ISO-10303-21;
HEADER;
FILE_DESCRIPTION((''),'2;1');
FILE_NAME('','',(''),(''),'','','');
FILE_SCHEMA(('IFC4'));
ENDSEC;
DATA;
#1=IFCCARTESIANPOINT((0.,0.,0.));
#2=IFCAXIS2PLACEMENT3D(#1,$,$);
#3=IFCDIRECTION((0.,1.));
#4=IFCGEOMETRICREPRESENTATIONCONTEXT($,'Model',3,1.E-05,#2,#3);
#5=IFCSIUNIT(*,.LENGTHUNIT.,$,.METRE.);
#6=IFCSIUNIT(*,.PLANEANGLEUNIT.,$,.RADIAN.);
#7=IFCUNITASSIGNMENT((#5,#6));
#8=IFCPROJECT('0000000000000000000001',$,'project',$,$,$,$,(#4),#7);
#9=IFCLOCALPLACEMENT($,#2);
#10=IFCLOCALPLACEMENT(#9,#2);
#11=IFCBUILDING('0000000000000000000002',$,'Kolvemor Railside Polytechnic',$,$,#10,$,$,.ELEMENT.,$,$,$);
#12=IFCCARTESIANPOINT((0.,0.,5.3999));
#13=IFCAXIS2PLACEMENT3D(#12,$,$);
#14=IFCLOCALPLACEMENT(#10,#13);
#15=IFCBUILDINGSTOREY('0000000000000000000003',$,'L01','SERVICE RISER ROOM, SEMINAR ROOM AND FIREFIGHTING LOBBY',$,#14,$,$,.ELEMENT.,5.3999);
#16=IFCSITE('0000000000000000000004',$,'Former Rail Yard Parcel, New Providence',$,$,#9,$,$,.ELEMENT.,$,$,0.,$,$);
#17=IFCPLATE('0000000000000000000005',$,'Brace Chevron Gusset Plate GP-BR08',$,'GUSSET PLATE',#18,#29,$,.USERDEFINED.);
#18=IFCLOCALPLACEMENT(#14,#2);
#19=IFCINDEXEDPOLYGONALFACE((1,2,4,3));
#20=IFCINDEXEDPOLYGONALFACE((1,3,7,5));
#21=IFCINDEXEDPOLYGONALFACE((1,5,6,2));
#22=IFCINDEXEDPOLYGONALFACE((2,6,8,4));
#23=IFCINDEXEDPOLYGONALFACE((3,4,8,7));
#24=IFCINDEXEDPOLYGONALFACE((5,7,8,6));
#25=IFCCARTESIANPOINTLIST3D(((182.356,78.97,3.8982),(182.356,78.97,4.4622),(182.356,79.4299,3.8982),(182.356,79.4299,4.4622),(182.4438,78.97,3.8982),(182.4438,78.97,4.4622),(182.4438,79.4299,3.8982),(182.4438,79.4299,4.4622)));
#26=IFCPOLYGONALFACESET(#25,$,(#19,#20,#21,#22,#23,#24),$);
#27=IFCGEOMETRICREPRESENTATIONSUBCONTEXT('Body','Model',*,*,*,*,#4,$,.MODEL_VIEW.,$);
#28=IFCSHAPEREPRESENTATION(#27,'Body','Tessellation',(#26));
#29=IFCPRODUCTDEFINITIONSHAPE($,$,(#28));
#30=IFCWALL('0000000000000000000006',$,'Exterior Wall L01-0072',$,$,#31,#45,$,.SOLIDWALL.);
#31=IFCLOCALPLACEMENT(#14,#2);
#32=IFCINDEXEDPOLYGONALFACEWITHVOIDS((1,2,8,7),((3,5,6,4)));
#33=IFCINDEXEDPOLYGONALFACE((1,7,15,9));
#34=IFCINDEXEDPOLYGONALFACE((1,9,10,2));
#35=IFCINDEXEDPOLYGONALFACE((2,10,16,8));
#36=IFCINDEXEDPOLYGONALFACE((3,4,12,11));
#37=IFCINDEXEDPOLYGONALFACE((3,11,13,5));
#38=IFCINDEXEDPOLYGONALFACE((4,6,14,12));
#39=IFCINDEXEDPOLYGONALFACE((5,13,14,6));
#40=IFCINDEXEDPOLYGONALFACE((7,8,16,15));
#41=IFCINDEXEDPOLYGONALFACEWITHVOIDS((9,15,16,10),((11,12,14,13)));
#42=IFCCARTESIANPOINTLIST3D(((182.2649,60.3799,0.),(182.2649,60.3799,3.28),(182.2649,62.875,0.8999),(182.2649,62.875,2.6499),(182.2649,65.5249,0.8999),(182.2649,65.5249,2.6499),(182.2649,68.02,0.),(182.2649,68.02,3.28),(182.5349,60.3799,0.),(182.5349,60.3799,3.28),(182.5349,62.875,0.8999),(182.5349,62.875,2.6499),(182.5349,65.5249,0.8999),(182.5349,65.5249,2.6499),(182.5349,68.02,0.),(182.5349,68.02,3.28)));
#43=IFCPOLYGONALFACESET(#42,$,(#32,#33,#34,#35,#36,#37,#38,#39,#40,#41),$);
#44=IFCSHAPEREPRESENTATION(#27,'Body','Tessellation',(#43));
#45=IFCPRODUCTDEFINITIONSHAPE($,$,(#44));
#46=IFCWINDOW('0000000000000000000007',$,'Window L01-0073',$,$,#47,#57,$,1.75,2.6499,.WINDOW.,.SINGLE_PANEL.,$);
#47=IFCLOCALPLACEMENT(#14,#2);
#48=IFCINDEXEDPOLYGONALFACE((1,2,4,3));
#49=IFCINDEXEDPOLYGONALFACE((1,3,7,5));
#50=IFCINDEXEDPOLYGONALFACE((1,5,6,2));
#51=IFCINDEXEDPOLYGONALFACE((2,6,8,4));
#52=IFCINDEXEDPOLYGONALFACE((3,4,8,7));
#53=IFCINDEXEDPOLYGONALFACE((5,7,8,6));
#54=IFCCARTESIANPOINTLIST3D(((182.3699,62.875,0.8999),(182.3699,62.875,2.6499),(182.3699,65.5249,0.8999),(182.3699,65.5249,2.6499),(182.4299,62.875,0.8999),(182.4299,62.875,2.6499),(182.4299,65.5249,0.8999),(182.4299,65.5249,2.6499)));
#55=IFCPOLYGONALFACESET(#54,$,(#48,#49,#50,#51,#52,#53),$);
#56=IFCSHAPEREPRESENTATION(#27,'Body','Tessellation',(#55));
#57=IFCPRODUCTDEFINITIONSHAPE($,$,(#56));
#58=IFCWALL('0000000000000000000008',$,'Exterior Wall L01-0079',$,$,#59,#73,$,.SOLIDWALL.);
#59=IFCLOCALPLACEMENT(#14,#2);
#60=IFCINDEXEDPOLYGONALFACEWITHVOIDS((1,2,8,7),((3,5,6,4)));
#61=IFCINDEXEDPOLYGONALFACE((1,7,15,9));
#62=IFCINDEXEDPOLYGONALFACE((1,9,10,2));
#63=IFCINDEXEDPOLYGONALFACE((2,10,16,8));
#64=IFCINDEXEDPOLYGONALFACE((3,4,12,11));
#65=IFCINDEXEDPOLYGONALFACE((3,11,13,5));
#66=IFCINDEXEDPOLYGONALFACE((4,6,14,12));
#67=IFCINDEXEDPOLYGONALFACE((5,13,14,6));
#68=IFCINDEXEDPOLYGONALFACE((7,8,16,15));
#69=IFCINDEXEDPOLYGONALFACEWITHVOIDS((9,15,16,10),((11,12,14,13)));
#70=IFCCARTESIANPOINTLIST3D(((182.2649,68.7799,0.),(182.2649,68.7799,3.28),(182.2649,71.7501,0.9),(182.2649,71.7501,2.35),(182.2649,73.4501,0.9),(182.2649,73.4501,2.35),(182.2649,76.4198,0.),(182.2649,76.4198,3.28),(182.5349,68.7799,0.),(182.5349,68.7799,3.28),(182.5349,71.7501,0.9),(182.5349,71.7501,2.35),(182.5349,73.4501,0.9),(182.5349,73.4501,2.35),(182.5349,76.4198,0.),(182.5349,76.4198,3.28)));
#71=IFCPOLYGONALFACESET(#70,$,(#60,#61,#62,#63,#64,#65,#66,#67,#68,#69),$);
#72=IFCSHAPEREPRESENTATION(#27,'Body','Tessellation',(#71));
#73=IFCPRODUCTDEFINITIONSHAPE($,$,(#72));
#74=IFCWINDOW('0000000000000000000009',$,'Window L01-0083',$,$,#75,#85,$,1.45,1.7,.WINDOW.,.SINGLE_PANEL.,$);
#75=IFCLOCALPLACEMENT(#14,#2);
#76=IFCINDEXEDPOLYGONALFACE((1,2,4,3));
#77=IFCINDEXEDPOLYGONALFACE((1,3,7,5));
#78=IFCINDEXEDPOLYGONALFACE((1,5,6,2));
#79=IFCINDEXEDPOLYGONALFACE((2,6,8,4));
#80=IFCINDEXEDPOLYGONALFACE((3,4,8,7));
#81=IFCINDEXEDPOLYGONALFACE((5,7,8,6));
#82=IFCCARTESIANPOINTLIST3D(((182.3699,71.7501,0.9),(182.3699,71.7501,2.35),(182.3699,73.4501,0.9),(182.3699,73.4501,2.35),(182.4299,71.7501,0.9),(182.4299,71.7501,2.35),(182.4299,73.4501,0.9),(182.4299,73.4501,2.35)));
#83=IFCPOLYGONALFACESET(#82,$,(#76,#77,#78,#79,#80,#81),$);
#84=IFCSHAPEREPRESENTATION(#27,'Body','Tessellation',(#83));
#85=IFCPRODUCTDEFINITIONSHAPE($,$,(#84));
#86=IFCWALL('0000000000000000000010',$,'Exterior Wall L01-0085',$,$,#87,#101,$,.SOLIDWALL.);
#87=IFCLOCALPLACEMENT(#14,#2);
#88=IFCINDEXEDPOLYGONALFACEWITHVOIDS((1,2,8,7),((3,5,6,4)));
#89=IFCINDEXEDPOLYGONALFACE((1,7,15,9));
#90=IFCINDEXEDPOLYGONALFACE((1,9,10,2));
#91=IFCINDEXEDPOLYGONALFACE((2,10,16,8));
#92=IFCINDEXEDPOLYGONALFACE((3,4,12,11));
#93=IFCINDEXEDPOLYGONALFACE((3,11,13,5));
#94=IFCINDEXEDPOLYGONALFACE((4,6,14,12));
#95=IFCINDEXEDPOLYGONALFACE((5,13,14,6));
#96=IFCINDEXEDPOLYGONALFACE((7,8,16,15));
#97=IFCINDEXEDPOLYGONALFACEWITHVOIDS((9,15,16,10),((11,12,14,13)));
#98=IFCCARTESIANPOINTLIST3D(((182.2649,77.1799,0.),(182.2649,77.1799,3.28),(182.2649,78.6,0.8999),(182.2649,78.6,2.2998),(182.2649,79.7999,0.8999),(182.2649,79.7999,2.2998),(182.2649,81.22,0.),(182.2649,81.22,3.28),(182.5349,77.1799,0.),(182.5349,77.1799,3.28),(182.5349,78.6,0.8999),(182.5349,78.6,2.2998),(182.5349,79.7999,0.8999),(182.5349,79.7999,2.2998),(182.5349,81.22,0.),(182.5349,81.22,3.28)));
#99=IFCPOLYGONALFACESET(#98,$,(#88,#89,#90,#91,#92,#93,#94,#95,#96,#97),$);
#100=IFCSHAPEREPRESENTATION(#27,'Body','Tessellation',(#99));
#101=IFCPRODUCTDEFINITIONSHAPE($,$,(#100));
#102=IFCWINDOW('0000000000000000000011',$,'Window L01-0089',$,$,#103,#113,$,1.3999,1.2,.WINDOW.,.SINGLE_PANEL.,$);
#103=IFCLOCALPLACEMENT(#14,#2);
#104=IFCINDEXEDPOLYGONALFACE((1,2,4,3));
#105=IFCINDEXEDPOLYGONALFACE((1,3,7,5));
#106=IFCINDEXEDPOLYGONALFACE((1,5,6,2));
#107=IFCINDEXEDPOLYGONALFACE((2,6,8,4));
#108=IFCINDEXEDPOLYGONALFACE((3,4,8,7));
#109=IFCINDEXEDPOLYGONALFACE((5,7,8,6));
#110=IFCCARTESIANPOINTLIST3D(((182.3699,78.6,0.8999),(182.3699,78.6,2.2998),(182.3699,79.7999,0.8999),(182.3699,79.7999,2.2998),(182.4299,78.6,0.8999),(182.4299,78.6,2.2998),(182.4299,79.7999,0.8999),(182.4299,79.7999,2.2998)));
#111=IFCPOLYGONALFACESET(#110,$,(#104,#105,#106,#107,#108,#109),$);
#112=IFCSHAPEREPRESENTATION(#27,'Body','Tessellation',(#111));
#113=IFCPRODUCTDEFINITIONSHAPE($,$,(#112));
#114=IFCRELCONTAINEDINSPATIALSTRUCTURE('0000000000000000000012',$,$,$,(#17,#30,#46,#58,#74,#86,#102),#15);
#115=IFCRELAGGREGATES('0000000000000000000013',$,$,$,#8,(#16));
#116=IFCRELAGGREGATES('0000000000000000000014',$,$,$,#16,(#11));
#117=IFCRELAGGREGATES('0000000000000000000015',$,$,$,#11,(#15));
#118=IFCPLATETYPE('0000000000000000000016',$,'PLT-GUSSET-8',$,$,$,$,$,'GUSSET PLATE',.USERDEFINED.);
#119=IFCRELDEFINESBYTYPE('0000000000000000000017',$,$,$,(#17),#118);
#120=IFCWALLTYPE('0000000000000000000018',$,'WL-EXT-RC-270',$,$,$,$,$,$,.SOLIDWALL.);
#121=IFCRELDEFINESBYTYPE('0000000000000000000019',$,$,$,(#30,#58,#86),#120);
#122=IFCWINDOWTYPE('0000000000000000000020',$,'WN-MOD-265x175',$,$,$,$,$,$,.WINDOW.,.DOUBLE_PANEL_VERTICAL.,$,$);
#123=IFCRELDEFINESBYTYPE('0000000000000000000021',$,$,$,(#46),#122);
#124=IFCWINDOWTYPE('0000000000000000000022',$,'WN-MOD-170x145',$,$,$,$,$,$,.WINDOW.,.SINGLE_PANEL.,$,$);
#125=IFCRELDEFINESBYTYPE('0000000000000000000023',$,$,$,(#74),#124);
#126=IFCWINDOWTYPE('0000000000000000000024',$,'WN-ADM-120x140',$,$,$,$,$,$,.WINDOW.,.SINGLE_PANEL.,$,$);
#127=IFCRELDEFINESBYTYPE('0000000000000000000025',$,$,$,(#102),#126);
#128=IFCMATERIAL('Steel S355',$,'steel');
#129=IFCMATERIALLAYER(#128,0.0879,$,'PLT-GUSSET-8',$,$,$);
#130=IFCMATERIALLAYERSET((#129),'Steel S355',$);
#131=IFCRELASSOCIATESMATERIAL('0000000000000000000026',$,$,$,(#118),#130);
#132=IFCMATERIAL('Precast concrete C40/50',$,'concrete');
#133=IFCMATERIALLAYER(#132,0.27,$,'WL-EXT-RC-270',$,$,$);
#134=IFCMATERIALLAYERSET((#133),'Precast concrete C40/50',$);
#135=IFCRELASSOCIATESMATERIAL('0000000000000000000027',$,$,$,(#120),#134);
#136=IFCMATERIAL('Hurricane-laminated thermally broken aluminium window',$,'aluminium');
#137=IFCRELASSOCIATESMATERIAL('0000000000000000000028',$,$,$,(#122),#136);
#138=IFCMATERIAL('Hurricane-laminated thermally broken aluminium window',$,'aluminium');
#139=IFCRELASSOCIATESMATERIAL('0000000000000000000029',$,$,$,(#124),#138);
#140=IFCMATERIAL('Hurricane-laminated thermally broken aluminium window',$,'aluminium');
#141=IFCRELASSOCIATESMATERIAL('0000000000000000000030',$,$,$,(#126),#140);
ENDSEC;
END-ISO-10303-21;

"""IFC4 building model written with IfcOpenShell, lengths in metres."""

from ifc_helpers import new_model, si_unit, direction, frame, frame_2d, origin, origin_2d, place, context, subcontext, project, spatial, rectangle, extrude, material, layer, layer_set, type_object, element, fill, save


model = new_model("IFC4")

# Units and contexts
model_context = context("Model", 3, precision=1e-05, world=origin(), true_north=direction((0.0, 1.0)))
body_context = subcontext(model_context, "Body", "Model", "MODEL_VIEW")
ifc_project = project(units=[si_unit("LENGTHUNIT", "METRE"), si_unit("PLANEANGLEUNIT", "RADIAN")], contexts=[model_context])

# Site, building, storey
site_placement = place(None, origin())
site = spatial("IfcSite", under=ifc_project, at=site_placement, Name="Former Rail Yard Parcel, New Providence", CompositionType="ELEMENT", RefElevation=0.0)
building_placement = place(site_placement, origin())
building = spatial("IfcBuilding", under=site, at=building_placement, Name="Kolvemor Railside Polytechnic", CompositionType="ELEMENT")
storey_placement = place(building_placement, frame((0.0, 0.0, 5.3999)))
storey = spatial("IfcBuildingStorey", under=building, at=storey_placement, Name="L01", Description="SERVICE RISER ROOM, SEMINAR ROOM AND FIREFIGHTING LOBBY", CompositionType="ELEMENT", Elevation=5.3999)

# Plate
ifc_material_1 = material(Name="Steel S355", Category="steel")
ifc_layer_1 = layer(ifc_material_1, 0.0879, Name="PLT-GUSSET-8")
ifc_layer_set_1 = layer_set([ifc_layer_1], Name="Steel S355")
plate_type_1 = type_object("IfcPlateType", Name="PLT-GUSSET-8", ElementType="GUSSET PLATE", PredefinedType="USERDEFINED", material=ifc_layer_set_1)
plate_1_placement = place(storey_placement, frame((182.3999, 79.2, 3.8982), z_axis=(0.0, 0.0, 1.0), x_axis=(0.0, 1.0, 0.0)))
element("IfcPlate", 1, at=plate_1_placement, inside=storey, type_object=plate_type_1, Name="Brace Chevron Gusset Plate GP-BR08", ObjectType="GUSSET PLATE", PredefinedType="USERDEFINED", context=body_context, shape_type="SweptSolid", body=[
    extrude(rectangle(XDim=0.46, YDim=0.0879, at=origin_2d()), origin(), (0.0, 0.0, 1.0), 0.564),
])

# Walls, openings, windows
ifc_material_2 = material(Name="Precast concrete C40/50", Category="concrete")
ifc_layer_2 = layer(ifc_material_2, 0.27, Name="WL-EXT-RC-270")
ifc_layer_set_2 = layer_set([ifc_layer_2], Name="Precast concrete C40/50")
wall_type = type_object("IfcWallType", Name="WL-EXT-RC-270", PredefinedType="SOLIDWALL", material=ifc_layer_set_2)
wall_1_placement = place(storey_placement, frame((182.3999, 60.3799, 0.0), z_axis=(0.0, 0.0, 1.0), x_axis=(0.0, 1.0, 0.0)))
wall_1 = element("IfcWall", 2, at=wall_1_placement, inside=storey, type_object=wall_type, Name="Exterior Wall L01-0072", PredefinedType="SOLIDWALL", context=body_context, shape_type="SweptSolid", body=[
    extrude(rectangle(XDim=7.6401, YDim=0.27, at=frame_2d((3.8201, 0.0))), origin(), (0.0, 0.0, 1.0), 3.28),
])
opening_1_placement = place(wall_1_placement, frame((2.4951, 0.0, 0.8999)))
opening_1 = element("IfcOpeningElement", 3, at=opening_1_placement, cuts=wall_1, PredefinedType="OPENING", context=body_context, shape_type="SweptSolid", body=[
    extrude(rectangle(XDim=2.6499, YDim=1.75, at=frame_2d((1.325, 0.875))), frame((0.0, 0.145, 0.0), z_axis=(0.0, -1.0, 0.0), x_axis=(1.0, 0.0, 0.0)), (0.0, 0.0, 1.0), 0.29),
])
ifc_material_3 = material(Name="Hurricane-laminated thermally broken aluminium window", Category="aluminium")
window_type_1 = type_object("IfcWindowType", Name="WN-MOD-265x175", PartitioningType="DOUBLE_PANEL_VERTICAL", PredefinedType="WINDOW", material=ifc_material_3)
window_1_placement = place(opening_1_placement, origin())
window_1 = element("IfcWindow", 4, at=window_1_placement, inside=storey, type_object=window_type_1, Name="Window L01-0073", OverallHeight=1.75, OverallWidth=2.6499, PartitioningType="SINGLE_PANEL", PredefinedType="WINDOW", context=body_context, shape_type="SweptSolid", body=[
    extrude(rectangle(XDim=2.6499, YDim=1.75, at=frame_2d((1.325, 0.875))), frame((0.0, 0.03, 0.0), z_axis=(0.0, -1.0, 0.0), x_axis=(1.0, 0.0, 0.0)), (0.0, 0.0, 1.0), 0.0601),
])
fill(opening_1, window_1)
wall_2_placement = place(storey_placement, frame((182.3999, 68.78, 0.0), z_axis=(0.0, 0.0, 1.0), x_axis=(0.0, 1.0, 0.0)))
wall_2 = element("IfcWall", 5, at=wall_2_placement, inside=storey, type_object=wall_type, Name="Exterior Wall L01-0079", PredefinedType="SOLIDWALL", context=body_context, shape_type="SweptSolid", body=[
    extrude(rectangle(XDim=7.6399, YDim=0.27, at=frame_2d((3.8198, 0.0))), origin(), (0.0, 0.0, 1.0), 3.28),
])
opening_2_placement = place(wall_2_placement, frame((2.97, 0.0, 0.8999)))
opening_2 = element("IfcOpeningElement", 6, at=opening_2_placement, cuts=wall_2, PredefinedType="OPENING", context=body_context, shape_type="SweptSolid", body=[
    extrude(rectangle(XDim=1.7, YDim=1.45, at=frame_2d((0.8501, 0.7251))), frame((0.0, 0.145, 0.0), z_axis=(0.0, -1.0, 0.0), x_axis=(1.0, 0.0, 0.0)), (0.0, 0.0, 1.0), 0.29),
])
ifc_material_4 = material(Name="Hurricane-laminated thermally broken aluminium window", Category="aluminium")
window_type_2 = type_object("IfcWindowType", Name="WN-MOD-170x145", PartitioningType="SINGLE_PANEL", PredefinedType="WINDOW", material=ifc_material_4)
window_2_placement = place(opening_2_placement, origin())
window_2 = element("IfcWindow", 7, at=window_2_placement, inside=storey, type_object=window_type_2, Name="Window L01-0083", OverallHeight=1.45, OverallWidth=1.7, PartitioningType="SINGLE_PANEL", PredefinedType="WINDOW", context=body_context, shape_type="SweptSolid", body=[
    extrude(rectangle(XDim=1.7, YDim=1.45, at=frame_2d((0.8501, 0.7251))), frame((0.0, 0.03, 0.0), z_axis=(0.0, -1.0, 0.0), x_axis=(1.0, 0.0, 0.0)), (0.0, 0.0, 1.0), 0.0601),
])
fill(opening_2, window_2)
wall_3_placement = place(storey_placement, frame((182.3999, 77.1799, 0.0), z_axis=(0.0, 0.0, 1.0), x_axis=(0.0, 1.0, 0.0)))
wall_3 = element("IfcWall", 8, at=wall_3_placement, inside=storey, type_object=wall_type, Name="Exterior Wall L01-0085", PredefinedType="SOLIDWALL", context=body_context, shape_type="SweptSolid", body=[
    extrude(rectangle(XDim=4.04, YDim=0.27, at=frame_2d((2.02, 0.0))), origin(), (0.0, 0.0, 1.0), 3.28),
])
opening_3_placement = place(wall_3_placement, frame((1.4199, 0.0, 0.8999)))
opening_3 = element("IfcOpeningElement", 9, at=opening_3_placement, cuts=wall_3, PredefinedType="OPENING", context=body_context, shape_type="SweptSolid", body=[
    extrude(rectangle(XDim=1.2, YDim=1.3999, at=frame_2d((0.6001, 0.7))), frame((0.0, 0.145, 0.0), z_axis=(0.0, -1.0, 0.0), x_axis=(1.0, 0.0, 0.0)), (0.0, 0.0, 1.0), 0.29),
])
ifc_material_5 = material(Name="Hurricane-laminated thermally broken aluminium window", Category="aluminium")
window_type_3 = type_object("IfcWindowType", Name="WN-ADM-120x140", PartitioningType="SINGLE_PANEL", PredefinedType="WINDOW", material=ifc_material_5)
window_3_placement = place(opening_3_placement, origin())
window_3 = element("IfcWindow", 10, at=window_3_placement, inside=storey, type_object=window_type_3, Name="Window L01-0089", OverallHeight=1.3999, OverallWidth=1.2, PartitioningType="SINGLE_PANEL", PredefinedType="WINDOW", context=body_context, shape_type="SweptSolid", body=[
    extrude(rectangle(XDim=1.2, YDim=1.3999, at=frame_2d((0.6001, 0.7))), frame((0.0, 0.03, 0.0), z_axis=(0.0, -1.0, 0.0), x_axis=(1.0, 0.0, 0.0)), (0.0, 0.0, 1.0), 0.0601),
])
fill(opening_3, window_3)

save(model, "model.ifc")
